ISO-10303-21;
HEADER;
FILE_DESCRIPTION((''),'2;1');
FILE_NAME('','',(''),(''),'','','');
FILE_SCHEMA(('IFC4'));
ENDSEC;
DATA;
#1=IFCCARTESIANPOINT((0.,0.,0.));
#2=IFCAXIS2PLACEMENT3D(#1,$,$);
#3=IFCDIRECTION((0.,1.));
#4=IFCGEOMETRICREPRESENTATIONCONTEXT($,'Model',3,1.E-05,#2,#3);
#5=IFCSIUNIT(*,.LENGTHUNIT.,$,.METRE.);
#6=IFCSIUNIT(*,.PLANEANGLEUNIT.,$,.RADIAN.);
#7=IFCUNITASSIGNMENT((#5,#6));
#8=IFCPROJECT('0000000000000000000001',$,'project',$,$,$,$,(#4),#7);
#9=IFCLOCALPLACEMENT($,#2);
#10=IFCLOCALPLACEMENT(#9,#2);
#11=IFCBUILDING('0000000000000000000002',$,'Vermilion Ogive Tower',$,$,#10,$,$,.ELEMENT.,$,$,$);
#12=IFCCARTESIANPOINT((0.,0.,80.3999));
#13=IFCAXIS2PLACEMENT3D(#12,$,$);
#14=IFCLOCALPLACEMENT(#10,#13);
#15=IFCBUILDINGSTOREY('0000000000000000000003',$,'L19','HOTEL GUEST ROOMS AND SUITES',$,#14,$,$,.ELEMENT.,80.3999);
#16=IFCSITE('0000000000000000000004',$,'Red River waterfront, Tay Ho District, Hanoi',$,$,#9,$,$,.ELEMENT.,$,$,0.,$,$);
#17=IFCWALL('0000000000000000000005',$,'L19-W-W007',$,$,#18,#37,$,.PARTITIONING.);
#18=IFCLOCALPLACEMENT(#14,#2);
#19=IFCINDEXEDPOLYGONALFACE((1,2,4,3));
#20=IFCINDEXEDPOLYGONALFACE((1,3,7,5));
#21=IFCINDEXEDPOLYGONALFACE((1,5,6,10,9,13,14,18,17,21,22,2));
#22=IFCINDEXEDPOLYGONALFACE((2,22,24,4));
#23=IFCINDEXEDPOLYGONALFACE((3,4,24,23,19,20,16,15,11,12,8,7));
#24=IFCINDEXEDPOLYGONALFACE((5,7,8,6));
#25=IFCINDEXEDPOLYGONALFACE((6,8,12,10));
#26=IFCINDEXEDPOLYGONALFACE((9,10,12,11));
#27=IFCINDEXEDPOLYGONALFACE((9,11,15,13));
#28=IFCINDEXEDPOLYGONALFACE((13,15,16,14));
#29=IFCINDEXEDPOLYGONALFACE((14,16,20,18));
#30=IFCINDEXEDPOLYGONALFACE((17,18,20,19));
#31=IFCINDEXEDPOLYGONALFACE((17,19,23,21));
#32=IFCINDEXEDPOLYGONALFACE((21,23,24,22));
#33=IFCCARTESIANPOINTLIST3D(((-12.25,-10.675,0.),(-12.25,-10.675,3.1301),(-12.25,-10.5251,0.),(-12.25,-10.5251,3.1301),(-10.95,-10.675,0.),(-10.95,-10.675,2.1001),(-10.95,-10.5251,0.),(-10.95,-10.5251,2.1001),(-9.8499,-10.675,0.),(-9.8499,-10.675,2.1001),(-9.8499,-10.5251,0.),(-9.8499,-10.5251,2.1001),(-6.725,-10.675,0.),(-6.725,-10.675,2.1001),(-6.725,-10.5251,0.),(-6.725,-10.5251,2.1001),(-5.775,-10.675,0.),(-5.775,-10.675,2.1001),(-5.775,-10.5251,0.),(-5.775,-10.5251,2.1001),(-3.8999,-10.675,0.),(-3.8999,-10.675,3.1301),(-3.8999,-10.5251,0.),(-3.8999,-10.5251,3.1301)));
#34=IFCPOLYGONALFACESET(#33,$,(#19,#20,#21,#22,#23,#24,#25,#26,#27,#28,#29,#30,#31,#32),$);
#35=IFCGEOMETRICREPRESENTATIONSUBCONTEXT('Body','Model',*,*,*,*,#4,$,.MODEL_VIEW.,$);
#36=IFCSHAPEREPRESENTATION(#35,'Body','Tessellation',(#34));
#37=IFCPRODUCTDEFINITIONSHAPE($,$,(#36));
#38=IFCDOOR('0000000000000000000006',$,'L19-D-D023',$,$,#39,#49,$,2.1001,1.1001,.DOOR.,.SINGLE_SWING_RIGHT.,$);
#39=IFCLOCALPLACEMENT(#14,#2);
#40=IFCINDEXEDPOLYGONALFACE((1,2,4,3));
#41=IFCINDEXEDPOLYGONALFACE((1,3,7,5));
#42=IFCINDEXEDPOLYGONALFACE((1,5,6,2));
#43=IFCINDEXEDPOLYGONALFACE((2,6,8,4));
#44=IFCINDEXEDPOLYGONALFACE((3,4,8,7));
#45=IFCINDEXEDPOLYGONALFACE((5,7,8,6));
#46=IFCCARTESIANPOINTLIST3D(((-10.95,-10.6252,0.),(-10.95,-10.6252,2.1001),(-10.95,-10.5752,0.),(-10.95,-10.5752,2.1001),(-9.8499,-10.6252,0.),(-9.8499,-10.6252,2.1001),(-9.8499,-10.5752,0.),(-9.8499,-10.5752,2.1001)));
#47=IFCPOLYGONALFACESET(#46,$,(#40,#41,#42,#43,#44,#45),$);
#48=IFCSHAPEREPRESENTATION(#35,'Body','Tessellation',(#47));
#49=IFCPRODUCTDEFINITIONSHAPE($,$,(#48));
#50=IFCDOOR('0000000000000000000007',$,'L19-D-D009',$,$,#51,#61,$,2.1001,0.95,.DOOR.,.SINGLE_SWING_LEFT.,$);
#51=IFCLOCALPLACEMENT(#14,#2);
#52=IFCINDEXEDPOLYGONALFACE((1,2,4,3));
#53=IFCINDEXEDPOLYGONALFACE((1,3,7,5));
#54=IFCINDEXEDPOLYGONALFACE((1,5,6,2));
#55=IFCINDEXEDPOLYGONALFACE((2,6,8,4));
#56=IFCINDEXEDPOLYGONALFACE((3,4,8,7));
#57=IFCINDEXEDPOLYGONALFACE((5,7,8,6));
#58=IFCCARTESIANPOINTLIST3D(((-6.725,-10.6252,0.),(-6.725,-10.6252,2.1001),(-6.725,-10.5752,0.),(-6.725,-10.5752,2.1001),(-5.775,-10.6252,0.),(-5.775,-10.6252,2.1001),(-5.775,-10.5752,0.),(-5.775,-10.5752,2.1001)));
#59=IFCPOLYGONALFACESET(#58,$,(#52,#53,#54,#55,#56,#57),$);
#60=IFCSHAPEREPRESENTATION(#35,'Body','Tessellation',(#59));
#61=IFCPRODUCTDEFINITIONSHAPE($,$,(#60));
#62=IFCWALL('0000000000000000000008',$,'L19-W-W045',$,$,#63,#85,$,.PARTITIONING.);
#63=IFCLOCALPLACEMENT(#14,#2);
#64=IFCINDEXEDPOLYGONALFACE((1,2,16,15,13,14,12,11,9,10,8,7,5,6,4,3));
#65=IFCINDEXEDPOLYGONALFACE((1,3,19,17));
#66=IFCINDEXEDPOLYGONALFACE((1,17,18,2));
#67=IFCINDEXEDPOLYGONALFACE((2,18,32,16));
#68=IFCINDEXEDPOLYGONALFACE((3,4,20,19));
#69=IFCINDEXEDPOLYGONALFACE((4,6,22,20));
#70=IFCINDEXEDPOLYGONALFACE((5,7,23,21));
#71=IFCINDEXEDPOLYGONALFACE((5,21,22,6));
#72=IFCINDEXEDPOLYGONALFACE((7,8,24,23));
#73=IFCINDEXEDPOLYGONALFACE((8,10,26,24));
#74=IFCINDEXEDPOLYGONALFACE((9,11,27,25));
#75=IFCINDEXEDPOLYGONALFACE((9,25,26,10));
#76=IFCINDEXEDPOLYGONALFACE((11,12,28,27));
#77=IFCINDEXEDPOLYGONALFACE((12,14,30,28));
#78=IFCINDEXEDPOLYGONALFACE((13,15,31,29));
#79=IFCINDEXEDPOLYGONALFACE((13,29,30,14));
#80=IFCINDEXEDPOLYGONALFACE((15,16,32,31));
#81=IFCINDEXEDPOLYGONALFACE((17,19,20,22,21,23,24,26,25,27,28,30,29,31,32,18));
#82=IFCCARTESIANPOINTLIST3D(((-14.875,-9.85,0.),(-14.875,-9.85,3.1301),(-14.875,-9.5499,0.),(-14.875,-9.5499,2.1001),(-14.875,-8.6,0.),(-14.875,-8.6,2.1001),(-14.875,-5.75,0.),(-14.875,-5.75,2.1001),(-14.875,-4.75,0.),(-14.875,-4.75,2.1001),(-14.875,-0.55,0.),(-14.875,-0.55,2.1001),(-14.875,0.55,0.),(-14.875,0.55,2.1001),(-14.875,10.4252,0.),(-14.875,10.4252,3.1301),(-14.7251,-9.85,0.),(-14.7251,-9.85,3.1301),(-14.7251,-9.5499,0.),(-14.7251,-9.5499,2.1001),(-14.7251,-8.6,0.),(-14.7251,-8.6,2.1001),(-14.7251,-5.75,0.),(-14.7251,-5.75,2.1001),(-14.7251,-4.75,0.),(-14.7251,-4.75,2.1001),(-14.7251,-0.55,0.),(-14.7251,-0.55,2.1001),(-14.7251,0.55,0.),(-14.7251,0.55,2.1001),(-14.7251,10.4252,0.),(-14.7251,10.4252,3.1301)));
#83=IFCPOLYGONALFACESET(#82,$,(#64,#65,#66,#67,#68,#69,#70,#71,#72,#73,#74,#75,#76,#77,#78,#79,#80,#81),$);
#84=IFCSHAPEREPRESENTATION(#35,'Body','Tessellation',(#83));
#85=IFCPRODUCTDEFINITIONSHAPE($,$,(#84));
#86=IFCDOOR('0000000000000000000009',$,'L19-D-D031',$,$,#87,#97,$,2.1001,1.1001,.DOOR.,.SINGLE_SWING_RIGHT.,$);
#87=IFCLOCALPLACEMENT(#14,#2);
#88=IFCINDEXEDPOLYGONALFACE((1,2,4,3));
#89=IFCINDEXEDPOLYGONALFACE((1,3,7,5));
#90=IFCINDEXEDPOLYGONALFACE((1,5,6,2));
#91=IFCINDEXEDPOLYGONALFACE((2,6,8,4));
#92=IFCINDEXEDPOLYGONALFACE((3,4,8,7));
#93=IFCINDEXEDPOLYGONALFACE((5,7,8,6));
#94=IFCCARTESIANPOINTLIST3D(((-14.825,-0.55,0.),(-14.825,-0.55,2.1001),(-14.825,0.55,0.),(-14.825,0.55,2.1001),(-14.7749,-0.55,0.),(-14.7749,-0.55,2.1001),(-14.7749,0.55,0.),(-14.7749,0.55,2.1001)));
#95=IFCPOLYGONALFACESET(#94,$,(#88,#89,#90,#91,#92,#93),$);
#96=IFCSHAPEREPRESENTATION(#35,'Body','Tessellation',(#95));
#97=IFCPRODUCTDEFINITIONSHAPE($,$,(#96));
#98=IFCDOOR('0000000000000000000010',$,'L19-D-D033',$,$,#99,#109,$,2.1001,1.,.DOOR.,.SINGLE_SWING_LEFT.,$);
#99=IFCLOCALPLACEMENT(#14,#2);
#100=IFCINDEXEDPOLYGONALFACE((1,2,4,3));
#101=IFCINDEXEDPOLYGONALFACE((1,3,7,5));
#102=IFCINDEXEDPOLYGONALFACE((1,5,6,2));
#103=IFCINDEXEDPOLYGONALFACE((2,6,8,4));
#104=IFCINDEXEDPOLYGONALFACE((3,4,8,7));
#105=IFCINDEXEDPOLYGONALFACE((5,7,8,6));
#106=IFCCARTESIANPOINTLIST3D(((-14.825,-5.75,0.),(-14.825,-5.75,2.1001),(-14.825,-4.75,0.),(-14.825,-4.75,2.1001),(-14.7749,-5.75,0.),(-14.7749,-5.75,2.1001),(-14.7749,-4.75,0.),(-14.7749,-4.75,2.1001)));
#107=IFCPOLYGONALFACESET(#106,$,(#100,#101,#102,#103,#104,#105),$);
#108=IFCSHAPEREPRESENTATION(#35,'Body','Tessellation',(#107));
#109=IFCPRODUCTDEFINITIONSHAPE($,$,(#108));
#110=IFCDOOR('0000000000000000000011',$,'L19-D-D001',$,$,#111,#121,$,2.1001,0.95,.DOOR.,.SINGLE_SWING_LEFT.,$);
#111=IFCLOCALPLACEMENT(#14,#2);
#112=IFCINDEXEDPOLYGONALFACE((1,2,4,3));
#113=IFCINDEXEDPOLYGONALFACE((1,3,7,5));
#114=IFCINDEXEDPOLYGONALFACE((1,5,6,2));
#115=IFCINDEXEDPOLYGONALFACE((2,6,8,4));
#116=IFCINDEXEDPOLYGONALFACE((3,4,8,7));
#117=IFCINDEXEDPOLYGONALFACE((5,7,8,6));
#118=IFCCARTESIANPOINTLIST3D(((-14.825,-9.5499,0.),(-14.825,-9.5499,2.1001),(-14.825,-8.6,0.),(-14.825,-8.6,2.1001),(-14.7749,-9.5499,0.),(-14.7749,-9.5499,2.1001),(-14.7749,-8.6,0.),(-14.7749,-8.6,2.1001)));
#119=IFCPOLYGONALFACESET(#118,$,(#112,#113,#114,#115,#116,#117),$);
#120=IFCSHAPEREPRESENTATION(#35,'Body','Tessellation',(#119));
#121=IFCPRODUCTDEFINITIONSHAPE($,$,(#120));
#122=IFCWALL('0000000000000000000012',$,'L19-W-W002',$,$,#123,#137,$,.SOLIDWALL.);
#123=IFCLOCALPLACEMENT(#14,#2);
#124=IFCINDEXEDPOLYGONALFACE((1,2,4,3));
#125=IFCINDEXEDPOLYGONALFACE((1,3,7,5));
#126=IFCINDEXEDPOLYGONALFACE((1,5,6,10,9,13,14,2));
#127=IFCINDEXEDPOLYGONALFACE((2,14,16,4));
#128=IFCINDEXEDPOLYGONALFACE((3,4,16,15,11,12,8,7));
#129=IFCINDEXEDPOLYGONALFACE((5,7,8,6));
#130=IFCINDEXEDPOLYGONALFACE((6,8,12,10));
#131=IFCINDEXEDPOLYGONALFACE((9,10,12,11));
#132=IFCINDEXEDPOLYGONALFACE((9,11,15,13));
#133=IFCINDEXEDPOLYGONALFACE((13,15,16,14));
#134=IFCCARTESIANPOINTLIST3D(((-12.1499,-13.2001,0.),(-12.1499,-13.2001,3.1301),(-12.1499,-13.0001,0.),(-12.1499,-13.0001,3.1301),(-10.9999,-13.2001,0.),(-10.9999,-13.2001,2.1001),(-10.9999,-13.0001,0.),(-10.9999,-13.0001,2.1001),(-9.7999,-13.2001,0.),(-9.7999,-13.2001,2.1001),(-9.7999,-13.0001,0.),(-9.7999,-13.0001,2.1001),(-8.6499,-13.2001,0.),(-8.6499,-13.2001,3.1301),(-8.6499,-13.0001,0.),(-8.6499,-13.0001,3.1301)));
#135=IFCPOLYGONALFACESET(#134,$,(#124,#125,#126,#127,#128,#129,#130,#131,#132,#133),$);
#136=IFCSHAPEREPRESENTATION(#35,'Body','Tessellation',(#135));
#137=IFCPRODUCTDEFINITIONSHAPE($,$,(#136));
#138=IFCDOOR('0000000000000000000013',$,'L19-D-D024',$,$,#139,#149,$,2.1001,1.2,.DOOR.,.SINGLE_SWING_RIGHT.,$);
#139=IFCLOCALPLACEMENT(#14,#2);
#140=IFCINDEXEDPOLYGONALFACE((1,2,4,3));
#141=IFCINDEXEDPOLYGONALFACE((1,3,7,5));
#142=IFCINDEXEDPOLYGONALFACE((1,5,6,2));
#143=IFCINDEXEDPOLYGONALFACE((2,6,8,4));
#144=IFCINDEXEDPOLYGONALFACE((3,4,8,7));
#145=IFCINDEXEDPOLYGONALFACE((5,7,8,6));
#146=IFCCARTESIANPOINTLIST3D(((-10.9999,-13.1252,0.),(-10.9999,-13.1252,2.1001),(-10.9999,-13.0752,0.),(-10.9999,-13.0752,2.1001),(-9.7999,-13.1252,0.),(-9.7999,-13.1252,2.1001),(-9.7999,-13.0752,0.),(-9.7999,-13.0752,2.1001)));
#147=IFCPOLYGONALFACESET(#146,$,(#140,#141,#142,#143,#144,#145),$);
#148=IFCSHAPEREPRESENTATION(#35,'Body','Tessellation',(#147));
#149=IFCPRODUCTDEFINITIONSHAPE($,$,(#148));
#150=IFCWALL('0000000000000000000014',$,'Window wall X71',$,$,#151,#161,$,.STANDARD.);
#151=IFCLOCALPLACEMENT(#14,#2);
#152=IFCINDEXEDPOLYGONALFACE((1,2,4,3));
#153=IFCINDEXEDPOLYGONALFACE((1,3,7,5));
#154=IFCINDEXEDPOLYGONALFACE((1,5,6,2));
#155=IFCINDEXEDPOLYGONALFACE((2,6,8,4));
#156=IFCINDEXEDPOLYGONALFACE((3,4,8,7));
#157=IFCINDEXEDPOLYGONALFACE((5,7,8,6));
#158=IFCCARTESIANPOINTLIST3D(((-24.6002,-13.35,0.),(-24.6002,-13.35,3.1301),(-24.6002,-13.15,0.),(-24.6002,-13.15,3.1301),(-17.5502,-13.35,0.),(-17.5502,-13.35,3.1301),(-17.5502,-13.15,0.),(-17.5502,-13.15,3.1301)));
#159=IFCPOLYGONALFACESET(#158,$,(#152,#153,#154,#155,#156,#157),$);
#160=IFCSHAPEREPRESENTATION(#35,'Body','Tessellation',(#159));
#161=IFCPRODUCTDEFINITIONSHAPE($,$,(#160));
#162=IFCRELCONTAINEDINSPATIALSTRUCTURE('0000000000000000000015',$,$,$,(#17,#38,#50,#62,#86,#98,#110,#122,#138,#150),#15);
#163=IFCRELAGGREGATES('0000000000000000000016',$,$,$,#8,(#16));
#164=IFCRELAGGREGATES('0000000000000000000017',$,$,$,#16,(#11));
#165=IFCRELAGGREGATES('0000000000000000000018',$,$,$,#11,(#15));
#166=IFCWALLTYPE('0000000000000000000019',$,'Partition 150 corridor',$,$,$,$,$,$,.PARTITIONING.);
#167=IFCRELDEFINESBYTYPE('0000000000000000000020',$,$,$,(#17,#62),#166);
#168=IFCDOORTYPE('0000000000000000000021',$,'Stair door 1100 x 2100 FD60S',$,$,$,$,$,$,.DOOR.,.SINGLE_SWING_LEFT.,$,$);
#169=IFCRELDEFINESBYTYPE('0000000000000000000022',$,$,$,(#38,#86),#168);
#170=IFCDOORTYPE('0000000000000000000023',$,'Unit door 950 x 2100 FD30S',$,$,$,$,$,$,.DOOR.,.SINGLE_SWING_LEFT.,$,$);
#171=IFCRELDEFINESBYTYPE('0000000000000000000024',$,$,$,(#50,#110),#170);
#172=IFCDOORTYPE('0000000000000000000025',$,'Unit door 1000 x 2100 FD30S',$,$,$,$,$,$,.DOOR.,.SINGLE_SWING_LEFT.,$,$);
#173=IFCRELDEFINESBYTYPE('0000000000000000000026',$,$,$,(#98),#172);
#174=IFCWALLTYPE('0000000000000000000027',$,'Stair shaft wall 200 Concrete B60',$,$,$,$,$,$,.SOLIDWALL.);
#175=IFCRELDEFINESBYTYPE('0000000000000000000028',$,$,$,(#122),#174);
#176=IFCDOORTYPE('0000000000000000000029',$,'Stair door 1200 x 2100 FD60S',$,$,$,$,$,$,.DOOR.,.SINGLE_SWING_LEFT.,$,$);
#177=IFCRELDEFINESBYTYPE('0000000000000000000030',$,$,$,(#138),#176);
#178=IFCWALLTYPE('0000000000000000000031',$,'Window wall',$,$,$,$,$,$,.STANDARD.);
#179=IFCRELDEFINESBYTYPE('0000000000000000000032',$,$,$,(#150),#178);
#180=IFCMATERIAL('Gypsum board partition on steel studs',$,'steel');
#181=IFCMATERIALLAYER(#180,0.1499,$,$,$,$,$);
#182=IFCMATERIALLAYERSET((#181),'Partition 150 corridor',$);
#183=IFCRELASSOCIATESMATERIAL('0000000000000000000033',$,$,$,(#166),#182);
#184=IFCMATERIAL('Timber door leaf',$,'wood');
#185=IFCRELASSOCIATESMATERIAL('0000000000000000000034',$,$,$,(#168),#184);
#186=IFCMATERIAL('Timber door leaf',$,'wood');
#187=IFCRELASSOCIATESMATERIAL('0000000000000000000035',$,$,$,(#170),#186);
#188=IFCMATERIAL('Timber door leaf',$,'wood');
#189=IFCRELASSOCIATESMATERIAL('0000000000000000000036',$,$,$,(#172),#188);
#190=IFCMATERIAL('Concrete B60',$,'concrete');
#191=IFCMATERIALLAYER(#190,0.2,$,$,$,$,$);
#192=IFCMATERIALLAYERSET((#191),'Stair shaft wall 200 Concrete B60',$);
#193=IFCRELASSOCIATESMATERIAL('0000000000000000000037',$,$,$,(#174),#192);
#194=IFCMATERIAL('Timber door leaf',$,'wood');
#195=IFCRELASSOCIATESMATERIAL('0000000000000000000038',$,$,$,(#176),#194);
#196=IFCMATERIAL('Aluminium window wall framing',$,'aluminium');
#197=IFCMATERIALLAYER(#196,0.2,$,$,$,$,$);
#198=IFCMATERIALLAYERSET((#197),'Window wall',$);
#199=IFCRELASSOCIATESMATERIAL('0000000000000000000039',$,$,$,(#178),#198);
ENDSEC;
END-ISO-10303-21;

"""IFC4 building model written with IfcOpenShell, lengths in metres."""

from ifc_helpers import new_model, si_unit, direction, frame, frame_2d, origin, place, context, subcontext, project, spatial, rectangle, extrude, material, layer, layer_set, type_object, element, fill, save


model = new_model("IFC4")

# Units and contexts
model_context = context("Model", 3, precision=1e-05, world=origin(), true_north=direction((0.0, 1.0)))
body_context = subcontext(model_context, "Body", "Model", "MODEL_VIEW")
ifc_project = project(units=[si_unit("LENGTHUNIT", "METRE"), si_unit("PLANEANGLEUNIT", "RADIAN")], contexts=[model_context])

# Site, building, storey
site_placement = place(None, origin())
site = spatial("IfcSite", under=ifc_project, at=site_placement, Name="Red River waterfront, Tay Ho District, Hanoi", CompositionType="ELEMENT", RefElevation=0.0)
building_placement = place(site_placement, origin())
building = spatial("IfcBuilding", under=site, at=building_placement, Name="Vermilion Ogive Tower", CompositionType="ELEMENT")
storey_placement = place(building_placement, frame((0.0, 0.0, 80.3999)))
storey = spatial("IfcBuildingStorey", under=building, at=storey_placement, Name="L19", Description="HOTEL GUEST ROOMS AND SUITES", CompositionType="ELEMENT", Elevation=80.3999)

# Walls, openings, doors
ifc_material_1 = material(Name="Gypsum board partition on steel studs", Category="steel")
ifc_layer_1 = layer(ifc_material_1, 0.1499)
ifc_layer_set_1 = layer_set([ifc_layer_1], Name="Partition 150 corridor")
wall_type_1 = type_object("IfcWallType", Name="Partition 150 corridor", PredefinedType="PARTITIONING", material=ifc_layer_set_1)
wall_1_placement = place(storey_placement, frame((-12.25, -10.6001, 0.0), z_axis=(0.0, 0.0, 1.0), x_axis=(1.0, 0.0, 0.0)))
wall_1 = element("IfcWall", 1, at=wall_1_placement, inside=storey, type_object=wall_type_1, Name="L19-W-W007", PredefinedType="PARTITIONING", context=body_context, shape_type="SweptSolid", body=[
    extrude(rectangle(XDim=8.3501, YDim=0.1499, at=frame_2d((4.175, 0.0))), origin(), (0.0, 0.0, 1.0), 3.1301),
])
opening_1_placement = place(wall_1_placement, frame((5.5249, 0.0, 0.0)))
opening_1 = element("IfcOpeningElement", 2, at=opening_1_placement, cuts=wall_1, PredefinedType="OPENING", context=body_context, shape_type="SweptSolid", body=[
    extrude(rectangle(XDim=0.95, YDim=2.1001, at=frame_2d((0.4751, 1.05))), frame((0.0, 0.085, 0.0), z_axis=(0.0, -1.0, 0.0), x_axis=(1.0, 0.0, 0.0)), (0.0, 0.0, 1.0), 0.1699),
])
opening_2_placement = place(wall_1_placement, frame((1.3, 0.0, 0.0)))
opening_2 = element("IfcOpeningElement", 3, at=opening_2_placement, cuts=wall_1, PredefinedType="OPENING", context=body_context, shape_type="SweptSolid", body=[
    extrude(rectangle(XDim=1.1001, YDim=2.1001, at=frame_2d((0.55, 1.05))), frame((0.0, 0.085, 0.0), z_axis=(0.0, -1.0, 0.0), x_axis=(1.0, 0.0, 0.0)), (0.0, 0.0, 1.0), 0.1699),
])
ifc_material_2 = material(Name="Timber door leaf", Category="wood")
door_type_1 = type_object("IfcDoorType", Name="Stair door 1100 x 2100 FD60S", OperationType="SINGLE_SWING_LEFT", PredefinedType="DOOR", material=ifc_material_2)
door_1_placement = place(opening_2_placement, origin())
door_1 = element("IfcDoor", 4, at=door_1_placement, inside=storey, type_object=door_type_1, Name="L19-D-D023", OperationType="SINGLE_SWING_RIGHT", OverallHeight=2.1001, OverallWidth=1.1001, PredefinedType="DOOR", context=body_context, shape_type="SweptSolid", body=[
    extrude(rectangle(XDim=1.1001, YDim=2.1001, at=frame_2d((0.55, 1.05))), frame((0.0, 0.0249, 0.0), z_axis=(0.0, -1.0, 0.0), x_axis=(1.0, 0.0, 0.0)), (0.0, 0.0, 1.0), 0.05),
])
fill(opening_2, door_1)
ifc_material_3 = material(Name="Timber door leaf", Category="wood")
door_type_2 = type_object("IfcDoorType", Name="Unit door 950 x 2100 FD30S", OperationType="SINGLE_SWING_LEFT", PredefinedType="DOOR", material=ifc_material_3)
door_2_placement = place(opening_1_placement, origin())
door_2 = element("IfcDoor", 5, at=door_2_placement, inside=storey, type_object=door_type_2, Name="L19-D-D009", OperationType="SINGLE_SWING_LEFT", OverallHeight=2.1001, OverallWidth=0.95, PredefinedType="DOOR", context=body_context, shape_type="SweptSolid", body=[
    extrude(rectangle(XDim=0.95, YDim=2.1001, at=frame_2d((0.4751, 1.05))), frame((0.0, 0.0249, 0.0), z_axis=(0.0, -1.0, 0.0), x_axis=(1.0, 0.0, 0.0)), (0.0, 0.0, 1.0), 0.05),
])
fill(opening_1, door_2)
wall_2_placement = place(storey_placement, frame((-14.8, -9.8501, 0.0), z_axis=(0.0, 0.0, 1.0), x_axis=(0.0, 1.0, 0.0)))
wall_2 = element("IfcWall", 6, at=wall_2_placement, inside=storey, type_object=wall_type_1, Name="L19-W-W045", PredefinedType="PARTITIONING", context=body_context, shape_type="SweptSolid", body=[
    extrude(rectangle(XDim=20.2751, YDim=0.1499, at=frame_2d((10.1377, 0.0))), origin(), (0.0, 0.0, 1.0), 3.1301),
])
opening_3_placement = place(wall_2_placement, frame((0.3, 0.0, 0.0)))
opening_3 = element("IfcOpeningElement", 7, at=opening_3_placement, cuts=wall_2, PredefinedType="OPENING", context=body_context, shape_type="SweptSolid", body=[
    extrude(rectangle(XDim=0.95, YDim=2.1001, at=frame_2d((0.4751, 1.05))), frame((0.0, 0.085, 0.0), z_axis=(0.0, -1.0, 0.0), x_axis=(1.0, 0.0, 0.0)), (0.0, 0.0, 1.0), 0.1699),
])
opening_4_placement = place(wall_2_placement, frame((9.3, 0.0, 0.0)))
opening_4 = element("IfcOpeningElement", 8, at=opening_4_placement, cuts=wall_2, PredefinedType="OPENING", context=body_context, shape_type="SweptSolid", body=[
    extrude(rectangle(XDim=1.1001, YDim=2.1001, at=frame_2d((0.55, 1.05))), frame((0.0, 0.085, 0.0), z_axis=(0.0, -1.0, 0.0), x_axis=(1.0, 0.0, 0.0)), (0.0, 0.0, 1.0), 0.1699),
])
opening_5_placement = place(wall_2_placement, frame((4.1001, 0.0, 0.0)))
opening_5 = element("IfcOpeningElement", 9, at=opening_5_placement, cuts=wall_2, PredefinedType="OPENING", context=body_context, shape_type="SweptSolid", body=[
    extrude(rectangle(XDim=1.0, YDim=2.1001, at=frame_2d((0.5, 1.05))), frame((0.0, 0.085, 0.0), z_axis=(0.0, -1.0, 0.0), x_axis=(1.0, 0.0, 0.0)), (0.0, 0.0, 1.0), 0.1699),
])
door_3_placement = place(opening_4_placement, origin())
door_3 = element("IfcDoor", 10, at=door_3_placement, inside=storey, type_object=door_type_1, Name="L19-D-D031", OperationType="SINGLE_SWING_RIGHT", OverallHeight=2.1001, OverallWidth=1.1001, PredefinedType="DOOR", context=body_context, shape_type="SweptSolid", body=[
    extrude(rectangle(XDim=1.1001, YDim=2.1001, at=frame_2d((0.55, 1.05))), frame((0.0, 0.0249, 0.0), z_axis=(0.0, -1.0, 0.0), x_axis=(1.0, 0.0, 0.0)), (0.0, 0.0, 1.0), 0.05),
])
fill(opening_4, door_3)
ifc_material_4 = material(Name="Timber door leaf", Category="wood")
door_type_3 = type_object("IfcDoorType", Name="Unit door 1000 x 2100 FD30S", OperationType="SINGLE_SWING_LEFT", PredefinedType="DOOR", material=ifc_material_4)
door_4_placement = place(opening_5_placement, origin())
door_4 = element("IfcDoor", 11, at=door_4_placement, inside=storey, type_object=door_type_3, Name="L19-D-D033", OperationType="SINGLE_SWING_LEFT", OverallHeight=2.1001, OverallWidth=1.0, PredefinedType="DOOR", context=body_context, shape_type="SweptSolid", body=[
    extrude(rectangle(XDim=1.0, YDim=2.1001, at=frame_2d((0.5, 1.05))), frame((0.0, 0.0249, 0.0), z_axis=(0.0, -1.0, 0.0), x_axis=(1.0, 0.0, 0.0)), (0.0, 0.0, 1.0), 0.05),
])
fill(opening_5, door_4)
door_5_placement = place(opening_3_placement, origin())
door_5 = element("IfcDoor", 12, at=door_5_placement, inside=storey, type_object=door_type_2, Name="L19-D-D001", OperationType="SINGLE_SWING_LEFT", OverallHeight=2.1001, OverallWidth=0.95, PredefinedType="DOOR", context=body_context, shape_type="SweptSolid", body=[
    extrude(rectangle(XDim=0.95, YDim=2.1001, at=frame_2d((0.4751, 1.05))), frame((0.0, 0.0249, 0.0), z_axis=(0.0, -1.0, 0.0), x_axis=(1.0, 0.0, 0.0)), (0.0, 0.0, 1.0), 0.05),
])
fill(opening_3, door_5)

# Wall, opening, door
ifc_material_5 = material(Name="Concrete B60", Category="concrete")
ifc_layer_2 = layer(ifc_material_5, 0.2)
ifc_layer_set_2 = layer_set([ifc_layer_2], Name="Stair shaft wall 200 Concrete B60")
wall_type_2 = type_object("IfcWallType", Name="Stair shaft wall 200 Concrete B60", PredefinedType="SOLIDWALL", material=ifc_layer_set_2)
wall_3_placement = place(storey_placement, frame((-12.1499, -13.1001, 0.0), z_axis=(0.0, 0.0, 1.0), x_axis=(1.0, 0.0, 0.0)))
wall_3 = element("IfcWall", 13, at=wall_3_placement, inside=storey, type_object=wall_type_2, Name="L19-W-W002", PredefinedType="SOLIDWALL", context=body_context, shape_type="SweptSolid", body=[
    extrude(rectangle(XDim=3.5, YDim=0.2, at=frame_2d((1.75, 0.0))), origin(), (0.0, 0.0, 1.0), 3.1301),
])
opening_6_placement = place(wall_3_placement, frame((1.1499, 0.0, 0.0)))
opening_6 = element("IfcOpeningElement", 14, at=opening_6_placement, cuts=wall_3, PredefinedType="OPENING", context=body_context, shape_type="SweptSolid", body=[
    extrude(rectangle(XDim=1.2, YDim=2.1001, at=frame_2d((0.6001, 1.05))), frame((0.0, 0.1099, 0.0), z_axis=(0.0, -1.0, 0.0), x_axis=(1.0, 0.0, 0.0)), (0.0, 0.0, 1.0), 0.22),
])
ifc_material_6 = material(Name="Timber door leaf", Category="wood")
door_type_4 = type_object("IfcDoorType", Name="Stair door 1200 x 2100 FD60S", OperationType="SINGLE_SWING_LEFT", PredefinedType="DOOR", material=ifc_material_6)
door_6_placement = place(opening_6_placement, origin())
door_6 = element("IfcDoor", 15, at=door_6_placement, inside=storey, type_object=door_type_4, Name="L19-D-D024", OperationType="SINGLE_SWING_RIGHT", OverallHeight=2.1001, OverallWidth=1.2, PredefinedType="DOOR", context=body_context, shape_type="SweptSolid", body=[
    extrude(rectangle(XDim=1.2, YDim=2.1001, at=frame_2d((0.6001, 1.05))), frame((0.0, 0.0249, 0.0), z_axis=(0.0, -1.0, 0.0), x_axis=(1.0, 0.0, 0.0)), (0.0, 0.0, 1.0), 0.05),
])
fill(opening_6, door_6)

# Wall
ifc_material_7 = material(Name="Aluminium window wall framing", Category="aluminium")
ifc_layer_3 = layer(ifc_material_7, 0.2)
ifc_layer_set_3 = layer_set([ifc_layer_3], Name="Window wall")
wall_type_3 = type_object("IfcWallType", Name="Window wall", PredefinedType="STANDARD", material=ifc_layer_set_3)
wall_4_placement = place(storey_placement, frame((-24.6001, -13.25, 0.0), z_axis=(0.0, 0.0, 1.0), x_axis=(1.0, 0.0, 0.0)))
element("IfcWall", 16, at=wall_4_placement, inside=storey, type_object=wall_type_3, Name="Window wall X71", PredefinedType="STANDARD", context=body_context, shape_type="SweptSolid", body=[
    extrude(rectangle(XDim=7.05, YDim=0.2, at=frame_2d((3.5249, 0.0))), origin(), (0.0, 0.0, 1.0), 3.1301),
])

save(model, "model.ifc")
